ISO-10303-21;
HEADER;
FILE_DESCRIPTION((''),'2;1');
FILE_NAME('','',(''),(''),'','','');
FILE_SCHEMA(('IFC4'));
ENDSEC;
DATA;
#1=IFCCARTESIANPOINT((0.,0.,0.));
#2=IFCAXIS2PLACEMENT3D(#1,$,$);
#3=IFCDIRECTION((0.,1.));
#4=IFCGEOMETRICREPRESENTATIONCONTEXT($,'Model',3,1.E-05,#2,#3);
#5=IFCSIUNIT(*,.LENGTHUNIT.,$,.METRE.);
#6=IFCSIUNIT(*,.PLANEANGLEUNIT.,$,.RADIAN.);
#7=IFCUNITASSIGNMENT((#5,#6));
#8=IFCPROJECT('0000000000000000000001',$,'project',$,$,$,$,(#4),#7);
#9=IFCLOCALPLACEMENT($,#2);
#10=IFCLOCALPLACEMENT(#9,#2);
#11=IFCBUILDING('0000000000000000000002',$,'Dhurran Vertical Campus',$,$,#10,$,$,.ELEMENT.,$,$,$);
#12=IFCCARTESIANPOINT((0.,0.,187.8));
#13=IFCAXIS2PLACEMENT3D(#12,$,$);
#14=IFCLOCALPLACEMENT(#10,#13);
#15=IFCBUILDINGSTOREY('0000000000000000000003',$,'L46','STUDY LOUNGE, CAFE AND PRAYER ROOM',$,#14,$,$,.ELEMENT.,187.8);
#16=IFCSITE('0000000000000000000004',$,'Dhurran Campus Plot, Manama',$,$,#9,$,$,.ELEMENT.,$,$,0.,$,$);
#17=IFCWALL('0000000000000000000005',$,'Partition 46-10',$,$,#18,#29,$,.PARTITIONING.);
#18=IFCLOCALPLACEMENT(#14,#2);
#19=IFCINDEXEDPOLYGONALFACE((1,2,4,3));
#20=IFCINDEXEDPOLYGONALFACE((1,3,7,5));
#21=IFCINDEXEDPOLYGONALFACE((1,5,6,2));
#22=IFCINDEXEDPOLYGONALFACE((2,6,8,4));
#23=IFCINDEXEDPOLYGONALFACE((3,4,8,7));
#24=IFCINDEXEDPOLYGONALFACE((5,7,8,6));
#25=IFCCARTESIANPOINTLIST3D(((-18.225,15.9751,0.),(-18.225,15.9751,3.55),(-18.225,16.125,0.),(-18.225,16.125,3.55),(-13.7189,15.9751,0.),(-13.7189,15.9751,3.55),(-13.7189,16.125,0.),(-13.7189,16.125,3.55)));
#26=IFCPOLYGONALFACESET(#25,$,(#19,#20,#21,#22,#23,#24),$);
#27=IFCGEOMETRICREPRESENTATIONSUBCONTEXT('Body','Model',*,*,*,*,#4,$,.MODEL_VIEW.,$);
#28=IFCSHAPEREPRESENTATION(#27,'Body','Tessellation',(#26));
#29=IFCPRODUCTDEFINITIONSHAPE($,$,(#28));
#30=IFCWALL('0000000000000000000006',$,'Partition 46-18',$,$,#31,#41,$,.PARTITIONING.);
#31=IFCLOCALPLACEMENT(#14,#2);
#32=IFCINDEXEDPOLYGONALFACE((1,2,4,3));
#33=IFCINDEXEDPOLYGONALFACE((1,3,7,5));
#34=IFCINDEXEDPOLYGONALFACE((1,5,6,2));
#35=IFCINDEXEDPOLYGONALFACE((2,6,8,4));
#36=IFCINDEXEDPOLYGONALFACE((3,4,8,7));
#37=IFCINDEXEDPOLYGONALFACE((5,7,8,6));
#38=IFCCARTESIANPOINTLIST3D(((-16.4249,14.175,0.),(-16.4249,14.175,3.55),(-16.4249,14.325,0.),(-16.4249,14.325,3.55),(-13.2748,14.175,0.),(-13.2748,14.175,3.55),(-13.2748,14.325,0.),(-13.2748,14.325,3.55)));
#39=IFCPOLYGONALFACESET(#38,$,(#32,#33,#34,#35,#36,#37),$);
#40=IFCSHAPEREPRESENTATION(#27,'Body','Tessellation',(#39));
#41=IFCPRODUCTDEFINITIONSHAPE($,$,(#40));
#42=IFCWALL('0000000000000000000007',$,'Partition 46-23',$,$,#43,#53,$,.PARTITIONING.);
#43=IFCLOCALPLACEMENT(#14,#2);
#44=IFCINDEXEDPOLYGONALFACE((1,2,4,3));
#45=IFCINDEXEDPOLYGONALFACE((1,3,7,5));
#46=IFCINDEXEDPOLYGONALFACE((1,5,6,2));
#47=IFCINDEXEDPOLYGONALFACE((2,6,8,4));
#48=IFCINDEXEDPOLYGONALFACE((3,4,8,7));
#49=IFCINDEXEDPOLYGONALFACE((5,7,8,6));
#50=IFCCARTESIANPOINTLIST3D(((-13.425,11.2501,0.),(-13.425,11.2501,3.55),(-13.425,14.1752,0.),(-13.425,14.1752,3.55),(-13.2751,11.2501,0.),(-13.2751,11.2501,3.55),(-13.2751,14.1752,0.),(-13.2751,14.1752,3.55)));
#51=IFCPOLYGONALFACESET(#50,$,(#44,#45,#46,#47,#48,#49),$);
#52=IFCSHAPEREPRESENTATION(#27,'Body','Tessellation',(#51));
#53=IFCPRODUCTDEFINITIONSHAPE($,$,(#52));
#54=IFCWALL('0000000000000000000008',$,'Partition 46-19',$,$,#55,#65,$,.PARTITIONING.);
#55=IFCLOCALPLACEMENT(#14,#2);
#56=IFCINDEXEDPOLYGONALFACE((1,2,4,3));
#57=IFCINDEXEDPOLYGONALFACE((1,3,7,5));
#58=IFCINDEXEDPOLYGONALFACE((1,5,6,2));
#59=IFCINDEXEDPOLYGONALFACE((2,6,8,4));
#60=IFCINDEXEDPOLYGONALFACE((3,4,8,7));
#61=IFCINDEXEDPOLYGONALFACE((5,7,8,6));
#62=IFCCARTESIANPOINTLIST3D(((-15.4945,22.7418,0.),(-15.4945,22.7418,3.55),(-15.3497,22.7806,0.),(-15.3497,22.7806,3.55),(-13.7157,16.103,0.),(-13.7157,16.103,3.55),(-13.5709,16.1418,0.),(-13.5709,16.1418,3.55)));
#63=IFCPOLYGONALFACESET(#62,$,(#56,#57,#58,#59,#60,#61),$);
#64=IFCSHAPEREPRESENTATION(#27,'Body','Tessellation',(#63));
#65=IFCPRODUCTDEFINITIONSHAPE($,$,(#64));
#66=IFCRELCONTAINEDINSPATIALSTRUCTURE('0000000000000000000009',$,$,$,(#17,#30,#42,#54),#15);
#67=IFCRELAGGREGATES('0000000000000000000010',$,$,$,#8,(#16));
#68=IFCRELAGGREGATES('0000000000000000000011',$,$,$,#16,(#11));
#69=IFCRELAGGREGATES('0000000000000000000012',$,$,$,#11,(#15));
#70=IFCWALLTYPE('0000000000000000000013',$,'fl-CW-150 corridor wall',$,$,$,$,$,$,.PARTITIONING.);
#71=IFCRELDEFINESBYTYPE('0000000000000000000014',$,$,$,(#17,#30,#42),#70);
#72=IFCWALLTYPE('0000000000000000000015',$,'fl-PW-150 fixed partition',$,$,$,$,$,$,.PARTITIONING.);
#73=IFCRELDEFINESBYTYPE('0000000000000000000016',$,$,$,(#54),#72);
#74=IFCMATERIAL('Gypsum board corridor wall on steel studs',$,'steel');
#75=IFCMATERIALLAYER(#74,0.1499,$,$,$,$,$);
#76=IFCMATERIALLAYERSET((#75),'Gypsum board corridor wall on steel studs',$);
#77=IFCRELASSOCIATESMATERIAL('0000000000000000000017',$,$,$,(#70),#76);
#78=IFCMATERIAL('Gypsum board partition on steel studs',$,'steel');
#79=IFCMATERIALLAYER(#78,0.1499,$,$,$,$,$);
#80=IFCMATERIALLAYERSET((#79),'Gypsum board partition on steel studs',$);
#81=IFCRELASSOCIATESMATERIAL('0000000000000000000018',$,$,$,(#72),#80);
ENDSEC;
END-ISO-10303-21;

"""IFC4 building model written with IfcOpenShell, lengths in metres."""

from ifc_helpers import new_model, si_unit, direction, frame, frame_2d, origin, place, context, subcontext, project, spatial, rectangle, extrude, material, layer, layer_set, type_object, element, save


model = new_model("IFC4")

# Units and contexts
model_context = context("Model", 3, precision=1e-05, world=origin(), true_north=direction((0.0, 1.0)))
body_context = subcontext(model_context, "Body", "Model", "MODEL_VIEW")
ifc_project = project(units=[si_unit("LENGTHUNIT", "METRE"), si_unit("PLANEANGLEUNIT", "RADIAN")], contexts=[model_context])

# Site, building, storey
site_placement = place(None, origin())
site = spatial("IfcSite", under=ifc_project, at=site_placement, Name="Dhurran Campus Plot, Manama", CompositionType="ELEMENT", RefElevation=0.0)
building_placement = place(site_placement, origin())
building = spatial("IfcBuilding", under=site, at=building_placement, Name="Dhurran Vertical Campus", CompositionType="ELEMENT")
storey_placement = place(building_placement, frame((0.0, 0.0, 187.8)))
storey = spatial("IfcBuildingStorey", under=building, at=storey_placement, Name="L46", Description="STUDY LOUNGE, CAFE AND PRAYER ROOM", CompositionType="ELEMENT", Elevation=187.8)

# Shared definitions
ifc_material_1 = material(Name="Gypsum board corridor wall on steel studs", Category="steel")
ifc_layer_1 = layer(ifc_material_1, 0.1499)
ifc_layer_set_1 = layer_set([ifc_layer_1], Name="Gypsum board corridor wall on steel studs")
wall_type_1 = type_object("IfcWallType", Name="fl-CW-150 corridor wall", PredefinedType="PARTITIONING", material=ifc_layer_set_1)

# Walls
wall_1_placement = place(storey_placement, frame((-13.719, 16.05, 0.0), z_axis=(0.0, 0.0, 1.0), x_axis=(-1.0, 0.0, 0.0)))
element("IfcWall", 1, at=wall_1_placement, inside=storey, type_object=wall_type_1, Name="Partition 46-10", PredefinedType="PARTITIONING", context=body_context, shape_type="SweptSolid", body=[
    extrude(rectangle(XDim=4.5061, YDim=0.1499, at=frame_2d((2.2529, 0.0))), origin(), (0.0, 0.0, 1.0), 3.55),
])
wall_2_placement = place(storey_placement, frame((-16.425, 14.25, 0.0), z_axis=(0.0, 0.0, 1.0), x_axis=(1.0, 0.0, 0.0)))
element("IfcWall", 2, at=wall_2_placement, inside=storey, type_object=wall_type_1, Name="Partition 46-18", PredefinedType="PARTITIONING", context=body_context, shape_type="SweptSolid", body=[
    extrude(rectangle(XDim=3.1501, YDim=0.1499, at=frame_2d((1.5752, 0.0))), origin(), (0.0, 0.0, 1.0), 3.55),
])
wall_3_placement = place(storey_placement, frame((-13.3501, 14.175, 0.0), z_axis=(0.0, 0.0, 1.0), x_axis=(0.0, -1.0, 0.0)))
element("IfcWall", 3, at=wall_3_placement, inside=storey, type_object=wall_type_1, Name="Partition 46-23", PredefinedType="PARTITIONING", context=body_context, shape_type="SweptSolid", body=[
    extrude(rectangle(XDim=2.925, YDim=0.1499, at=frame_2d((1.4624, 0.0))), origin(), (0.0, 0.0, 1.0), 3.55),
])
ifc_material_2 = material(Name="Gypsum board partition on steel studs", Category="steel")
ifc_layer_2 = layer(ifc_material_2, 0.1499)
ifc_layer_set_2 = layer_set([ifc_layer_2], Name="Gypsum board partition on steel studs")
wall_type_2 = type_object("IfcWallType", Name="fl-PW-150 fixed partition", PredefinedType="PARTITIONING", material=ifc_layer_set_2)
wall_4_placement = place(storey_placement, frame((-15.4221, 22.7612, 0.0), z_axis=(0.0, 0.0, 1.0), x_axis=(0.258808, -0.965929, 0.0)))
element("IfcWall", 4, at=wall_4_placement, inside=storey, type_object=wall_type_2, Name="Partition 46-19", PredefinedType="PARTITIONING", context=body_context, shape_type="SweptSolid", body=[
    extrude(rectangle(XDim=6.873, YDim=0.1499, at=frame_2d((3.4365, 0.0))), origin(), (0.0, 0.0, 1.0), 3.55),
])

save(model, "model.ifc")
